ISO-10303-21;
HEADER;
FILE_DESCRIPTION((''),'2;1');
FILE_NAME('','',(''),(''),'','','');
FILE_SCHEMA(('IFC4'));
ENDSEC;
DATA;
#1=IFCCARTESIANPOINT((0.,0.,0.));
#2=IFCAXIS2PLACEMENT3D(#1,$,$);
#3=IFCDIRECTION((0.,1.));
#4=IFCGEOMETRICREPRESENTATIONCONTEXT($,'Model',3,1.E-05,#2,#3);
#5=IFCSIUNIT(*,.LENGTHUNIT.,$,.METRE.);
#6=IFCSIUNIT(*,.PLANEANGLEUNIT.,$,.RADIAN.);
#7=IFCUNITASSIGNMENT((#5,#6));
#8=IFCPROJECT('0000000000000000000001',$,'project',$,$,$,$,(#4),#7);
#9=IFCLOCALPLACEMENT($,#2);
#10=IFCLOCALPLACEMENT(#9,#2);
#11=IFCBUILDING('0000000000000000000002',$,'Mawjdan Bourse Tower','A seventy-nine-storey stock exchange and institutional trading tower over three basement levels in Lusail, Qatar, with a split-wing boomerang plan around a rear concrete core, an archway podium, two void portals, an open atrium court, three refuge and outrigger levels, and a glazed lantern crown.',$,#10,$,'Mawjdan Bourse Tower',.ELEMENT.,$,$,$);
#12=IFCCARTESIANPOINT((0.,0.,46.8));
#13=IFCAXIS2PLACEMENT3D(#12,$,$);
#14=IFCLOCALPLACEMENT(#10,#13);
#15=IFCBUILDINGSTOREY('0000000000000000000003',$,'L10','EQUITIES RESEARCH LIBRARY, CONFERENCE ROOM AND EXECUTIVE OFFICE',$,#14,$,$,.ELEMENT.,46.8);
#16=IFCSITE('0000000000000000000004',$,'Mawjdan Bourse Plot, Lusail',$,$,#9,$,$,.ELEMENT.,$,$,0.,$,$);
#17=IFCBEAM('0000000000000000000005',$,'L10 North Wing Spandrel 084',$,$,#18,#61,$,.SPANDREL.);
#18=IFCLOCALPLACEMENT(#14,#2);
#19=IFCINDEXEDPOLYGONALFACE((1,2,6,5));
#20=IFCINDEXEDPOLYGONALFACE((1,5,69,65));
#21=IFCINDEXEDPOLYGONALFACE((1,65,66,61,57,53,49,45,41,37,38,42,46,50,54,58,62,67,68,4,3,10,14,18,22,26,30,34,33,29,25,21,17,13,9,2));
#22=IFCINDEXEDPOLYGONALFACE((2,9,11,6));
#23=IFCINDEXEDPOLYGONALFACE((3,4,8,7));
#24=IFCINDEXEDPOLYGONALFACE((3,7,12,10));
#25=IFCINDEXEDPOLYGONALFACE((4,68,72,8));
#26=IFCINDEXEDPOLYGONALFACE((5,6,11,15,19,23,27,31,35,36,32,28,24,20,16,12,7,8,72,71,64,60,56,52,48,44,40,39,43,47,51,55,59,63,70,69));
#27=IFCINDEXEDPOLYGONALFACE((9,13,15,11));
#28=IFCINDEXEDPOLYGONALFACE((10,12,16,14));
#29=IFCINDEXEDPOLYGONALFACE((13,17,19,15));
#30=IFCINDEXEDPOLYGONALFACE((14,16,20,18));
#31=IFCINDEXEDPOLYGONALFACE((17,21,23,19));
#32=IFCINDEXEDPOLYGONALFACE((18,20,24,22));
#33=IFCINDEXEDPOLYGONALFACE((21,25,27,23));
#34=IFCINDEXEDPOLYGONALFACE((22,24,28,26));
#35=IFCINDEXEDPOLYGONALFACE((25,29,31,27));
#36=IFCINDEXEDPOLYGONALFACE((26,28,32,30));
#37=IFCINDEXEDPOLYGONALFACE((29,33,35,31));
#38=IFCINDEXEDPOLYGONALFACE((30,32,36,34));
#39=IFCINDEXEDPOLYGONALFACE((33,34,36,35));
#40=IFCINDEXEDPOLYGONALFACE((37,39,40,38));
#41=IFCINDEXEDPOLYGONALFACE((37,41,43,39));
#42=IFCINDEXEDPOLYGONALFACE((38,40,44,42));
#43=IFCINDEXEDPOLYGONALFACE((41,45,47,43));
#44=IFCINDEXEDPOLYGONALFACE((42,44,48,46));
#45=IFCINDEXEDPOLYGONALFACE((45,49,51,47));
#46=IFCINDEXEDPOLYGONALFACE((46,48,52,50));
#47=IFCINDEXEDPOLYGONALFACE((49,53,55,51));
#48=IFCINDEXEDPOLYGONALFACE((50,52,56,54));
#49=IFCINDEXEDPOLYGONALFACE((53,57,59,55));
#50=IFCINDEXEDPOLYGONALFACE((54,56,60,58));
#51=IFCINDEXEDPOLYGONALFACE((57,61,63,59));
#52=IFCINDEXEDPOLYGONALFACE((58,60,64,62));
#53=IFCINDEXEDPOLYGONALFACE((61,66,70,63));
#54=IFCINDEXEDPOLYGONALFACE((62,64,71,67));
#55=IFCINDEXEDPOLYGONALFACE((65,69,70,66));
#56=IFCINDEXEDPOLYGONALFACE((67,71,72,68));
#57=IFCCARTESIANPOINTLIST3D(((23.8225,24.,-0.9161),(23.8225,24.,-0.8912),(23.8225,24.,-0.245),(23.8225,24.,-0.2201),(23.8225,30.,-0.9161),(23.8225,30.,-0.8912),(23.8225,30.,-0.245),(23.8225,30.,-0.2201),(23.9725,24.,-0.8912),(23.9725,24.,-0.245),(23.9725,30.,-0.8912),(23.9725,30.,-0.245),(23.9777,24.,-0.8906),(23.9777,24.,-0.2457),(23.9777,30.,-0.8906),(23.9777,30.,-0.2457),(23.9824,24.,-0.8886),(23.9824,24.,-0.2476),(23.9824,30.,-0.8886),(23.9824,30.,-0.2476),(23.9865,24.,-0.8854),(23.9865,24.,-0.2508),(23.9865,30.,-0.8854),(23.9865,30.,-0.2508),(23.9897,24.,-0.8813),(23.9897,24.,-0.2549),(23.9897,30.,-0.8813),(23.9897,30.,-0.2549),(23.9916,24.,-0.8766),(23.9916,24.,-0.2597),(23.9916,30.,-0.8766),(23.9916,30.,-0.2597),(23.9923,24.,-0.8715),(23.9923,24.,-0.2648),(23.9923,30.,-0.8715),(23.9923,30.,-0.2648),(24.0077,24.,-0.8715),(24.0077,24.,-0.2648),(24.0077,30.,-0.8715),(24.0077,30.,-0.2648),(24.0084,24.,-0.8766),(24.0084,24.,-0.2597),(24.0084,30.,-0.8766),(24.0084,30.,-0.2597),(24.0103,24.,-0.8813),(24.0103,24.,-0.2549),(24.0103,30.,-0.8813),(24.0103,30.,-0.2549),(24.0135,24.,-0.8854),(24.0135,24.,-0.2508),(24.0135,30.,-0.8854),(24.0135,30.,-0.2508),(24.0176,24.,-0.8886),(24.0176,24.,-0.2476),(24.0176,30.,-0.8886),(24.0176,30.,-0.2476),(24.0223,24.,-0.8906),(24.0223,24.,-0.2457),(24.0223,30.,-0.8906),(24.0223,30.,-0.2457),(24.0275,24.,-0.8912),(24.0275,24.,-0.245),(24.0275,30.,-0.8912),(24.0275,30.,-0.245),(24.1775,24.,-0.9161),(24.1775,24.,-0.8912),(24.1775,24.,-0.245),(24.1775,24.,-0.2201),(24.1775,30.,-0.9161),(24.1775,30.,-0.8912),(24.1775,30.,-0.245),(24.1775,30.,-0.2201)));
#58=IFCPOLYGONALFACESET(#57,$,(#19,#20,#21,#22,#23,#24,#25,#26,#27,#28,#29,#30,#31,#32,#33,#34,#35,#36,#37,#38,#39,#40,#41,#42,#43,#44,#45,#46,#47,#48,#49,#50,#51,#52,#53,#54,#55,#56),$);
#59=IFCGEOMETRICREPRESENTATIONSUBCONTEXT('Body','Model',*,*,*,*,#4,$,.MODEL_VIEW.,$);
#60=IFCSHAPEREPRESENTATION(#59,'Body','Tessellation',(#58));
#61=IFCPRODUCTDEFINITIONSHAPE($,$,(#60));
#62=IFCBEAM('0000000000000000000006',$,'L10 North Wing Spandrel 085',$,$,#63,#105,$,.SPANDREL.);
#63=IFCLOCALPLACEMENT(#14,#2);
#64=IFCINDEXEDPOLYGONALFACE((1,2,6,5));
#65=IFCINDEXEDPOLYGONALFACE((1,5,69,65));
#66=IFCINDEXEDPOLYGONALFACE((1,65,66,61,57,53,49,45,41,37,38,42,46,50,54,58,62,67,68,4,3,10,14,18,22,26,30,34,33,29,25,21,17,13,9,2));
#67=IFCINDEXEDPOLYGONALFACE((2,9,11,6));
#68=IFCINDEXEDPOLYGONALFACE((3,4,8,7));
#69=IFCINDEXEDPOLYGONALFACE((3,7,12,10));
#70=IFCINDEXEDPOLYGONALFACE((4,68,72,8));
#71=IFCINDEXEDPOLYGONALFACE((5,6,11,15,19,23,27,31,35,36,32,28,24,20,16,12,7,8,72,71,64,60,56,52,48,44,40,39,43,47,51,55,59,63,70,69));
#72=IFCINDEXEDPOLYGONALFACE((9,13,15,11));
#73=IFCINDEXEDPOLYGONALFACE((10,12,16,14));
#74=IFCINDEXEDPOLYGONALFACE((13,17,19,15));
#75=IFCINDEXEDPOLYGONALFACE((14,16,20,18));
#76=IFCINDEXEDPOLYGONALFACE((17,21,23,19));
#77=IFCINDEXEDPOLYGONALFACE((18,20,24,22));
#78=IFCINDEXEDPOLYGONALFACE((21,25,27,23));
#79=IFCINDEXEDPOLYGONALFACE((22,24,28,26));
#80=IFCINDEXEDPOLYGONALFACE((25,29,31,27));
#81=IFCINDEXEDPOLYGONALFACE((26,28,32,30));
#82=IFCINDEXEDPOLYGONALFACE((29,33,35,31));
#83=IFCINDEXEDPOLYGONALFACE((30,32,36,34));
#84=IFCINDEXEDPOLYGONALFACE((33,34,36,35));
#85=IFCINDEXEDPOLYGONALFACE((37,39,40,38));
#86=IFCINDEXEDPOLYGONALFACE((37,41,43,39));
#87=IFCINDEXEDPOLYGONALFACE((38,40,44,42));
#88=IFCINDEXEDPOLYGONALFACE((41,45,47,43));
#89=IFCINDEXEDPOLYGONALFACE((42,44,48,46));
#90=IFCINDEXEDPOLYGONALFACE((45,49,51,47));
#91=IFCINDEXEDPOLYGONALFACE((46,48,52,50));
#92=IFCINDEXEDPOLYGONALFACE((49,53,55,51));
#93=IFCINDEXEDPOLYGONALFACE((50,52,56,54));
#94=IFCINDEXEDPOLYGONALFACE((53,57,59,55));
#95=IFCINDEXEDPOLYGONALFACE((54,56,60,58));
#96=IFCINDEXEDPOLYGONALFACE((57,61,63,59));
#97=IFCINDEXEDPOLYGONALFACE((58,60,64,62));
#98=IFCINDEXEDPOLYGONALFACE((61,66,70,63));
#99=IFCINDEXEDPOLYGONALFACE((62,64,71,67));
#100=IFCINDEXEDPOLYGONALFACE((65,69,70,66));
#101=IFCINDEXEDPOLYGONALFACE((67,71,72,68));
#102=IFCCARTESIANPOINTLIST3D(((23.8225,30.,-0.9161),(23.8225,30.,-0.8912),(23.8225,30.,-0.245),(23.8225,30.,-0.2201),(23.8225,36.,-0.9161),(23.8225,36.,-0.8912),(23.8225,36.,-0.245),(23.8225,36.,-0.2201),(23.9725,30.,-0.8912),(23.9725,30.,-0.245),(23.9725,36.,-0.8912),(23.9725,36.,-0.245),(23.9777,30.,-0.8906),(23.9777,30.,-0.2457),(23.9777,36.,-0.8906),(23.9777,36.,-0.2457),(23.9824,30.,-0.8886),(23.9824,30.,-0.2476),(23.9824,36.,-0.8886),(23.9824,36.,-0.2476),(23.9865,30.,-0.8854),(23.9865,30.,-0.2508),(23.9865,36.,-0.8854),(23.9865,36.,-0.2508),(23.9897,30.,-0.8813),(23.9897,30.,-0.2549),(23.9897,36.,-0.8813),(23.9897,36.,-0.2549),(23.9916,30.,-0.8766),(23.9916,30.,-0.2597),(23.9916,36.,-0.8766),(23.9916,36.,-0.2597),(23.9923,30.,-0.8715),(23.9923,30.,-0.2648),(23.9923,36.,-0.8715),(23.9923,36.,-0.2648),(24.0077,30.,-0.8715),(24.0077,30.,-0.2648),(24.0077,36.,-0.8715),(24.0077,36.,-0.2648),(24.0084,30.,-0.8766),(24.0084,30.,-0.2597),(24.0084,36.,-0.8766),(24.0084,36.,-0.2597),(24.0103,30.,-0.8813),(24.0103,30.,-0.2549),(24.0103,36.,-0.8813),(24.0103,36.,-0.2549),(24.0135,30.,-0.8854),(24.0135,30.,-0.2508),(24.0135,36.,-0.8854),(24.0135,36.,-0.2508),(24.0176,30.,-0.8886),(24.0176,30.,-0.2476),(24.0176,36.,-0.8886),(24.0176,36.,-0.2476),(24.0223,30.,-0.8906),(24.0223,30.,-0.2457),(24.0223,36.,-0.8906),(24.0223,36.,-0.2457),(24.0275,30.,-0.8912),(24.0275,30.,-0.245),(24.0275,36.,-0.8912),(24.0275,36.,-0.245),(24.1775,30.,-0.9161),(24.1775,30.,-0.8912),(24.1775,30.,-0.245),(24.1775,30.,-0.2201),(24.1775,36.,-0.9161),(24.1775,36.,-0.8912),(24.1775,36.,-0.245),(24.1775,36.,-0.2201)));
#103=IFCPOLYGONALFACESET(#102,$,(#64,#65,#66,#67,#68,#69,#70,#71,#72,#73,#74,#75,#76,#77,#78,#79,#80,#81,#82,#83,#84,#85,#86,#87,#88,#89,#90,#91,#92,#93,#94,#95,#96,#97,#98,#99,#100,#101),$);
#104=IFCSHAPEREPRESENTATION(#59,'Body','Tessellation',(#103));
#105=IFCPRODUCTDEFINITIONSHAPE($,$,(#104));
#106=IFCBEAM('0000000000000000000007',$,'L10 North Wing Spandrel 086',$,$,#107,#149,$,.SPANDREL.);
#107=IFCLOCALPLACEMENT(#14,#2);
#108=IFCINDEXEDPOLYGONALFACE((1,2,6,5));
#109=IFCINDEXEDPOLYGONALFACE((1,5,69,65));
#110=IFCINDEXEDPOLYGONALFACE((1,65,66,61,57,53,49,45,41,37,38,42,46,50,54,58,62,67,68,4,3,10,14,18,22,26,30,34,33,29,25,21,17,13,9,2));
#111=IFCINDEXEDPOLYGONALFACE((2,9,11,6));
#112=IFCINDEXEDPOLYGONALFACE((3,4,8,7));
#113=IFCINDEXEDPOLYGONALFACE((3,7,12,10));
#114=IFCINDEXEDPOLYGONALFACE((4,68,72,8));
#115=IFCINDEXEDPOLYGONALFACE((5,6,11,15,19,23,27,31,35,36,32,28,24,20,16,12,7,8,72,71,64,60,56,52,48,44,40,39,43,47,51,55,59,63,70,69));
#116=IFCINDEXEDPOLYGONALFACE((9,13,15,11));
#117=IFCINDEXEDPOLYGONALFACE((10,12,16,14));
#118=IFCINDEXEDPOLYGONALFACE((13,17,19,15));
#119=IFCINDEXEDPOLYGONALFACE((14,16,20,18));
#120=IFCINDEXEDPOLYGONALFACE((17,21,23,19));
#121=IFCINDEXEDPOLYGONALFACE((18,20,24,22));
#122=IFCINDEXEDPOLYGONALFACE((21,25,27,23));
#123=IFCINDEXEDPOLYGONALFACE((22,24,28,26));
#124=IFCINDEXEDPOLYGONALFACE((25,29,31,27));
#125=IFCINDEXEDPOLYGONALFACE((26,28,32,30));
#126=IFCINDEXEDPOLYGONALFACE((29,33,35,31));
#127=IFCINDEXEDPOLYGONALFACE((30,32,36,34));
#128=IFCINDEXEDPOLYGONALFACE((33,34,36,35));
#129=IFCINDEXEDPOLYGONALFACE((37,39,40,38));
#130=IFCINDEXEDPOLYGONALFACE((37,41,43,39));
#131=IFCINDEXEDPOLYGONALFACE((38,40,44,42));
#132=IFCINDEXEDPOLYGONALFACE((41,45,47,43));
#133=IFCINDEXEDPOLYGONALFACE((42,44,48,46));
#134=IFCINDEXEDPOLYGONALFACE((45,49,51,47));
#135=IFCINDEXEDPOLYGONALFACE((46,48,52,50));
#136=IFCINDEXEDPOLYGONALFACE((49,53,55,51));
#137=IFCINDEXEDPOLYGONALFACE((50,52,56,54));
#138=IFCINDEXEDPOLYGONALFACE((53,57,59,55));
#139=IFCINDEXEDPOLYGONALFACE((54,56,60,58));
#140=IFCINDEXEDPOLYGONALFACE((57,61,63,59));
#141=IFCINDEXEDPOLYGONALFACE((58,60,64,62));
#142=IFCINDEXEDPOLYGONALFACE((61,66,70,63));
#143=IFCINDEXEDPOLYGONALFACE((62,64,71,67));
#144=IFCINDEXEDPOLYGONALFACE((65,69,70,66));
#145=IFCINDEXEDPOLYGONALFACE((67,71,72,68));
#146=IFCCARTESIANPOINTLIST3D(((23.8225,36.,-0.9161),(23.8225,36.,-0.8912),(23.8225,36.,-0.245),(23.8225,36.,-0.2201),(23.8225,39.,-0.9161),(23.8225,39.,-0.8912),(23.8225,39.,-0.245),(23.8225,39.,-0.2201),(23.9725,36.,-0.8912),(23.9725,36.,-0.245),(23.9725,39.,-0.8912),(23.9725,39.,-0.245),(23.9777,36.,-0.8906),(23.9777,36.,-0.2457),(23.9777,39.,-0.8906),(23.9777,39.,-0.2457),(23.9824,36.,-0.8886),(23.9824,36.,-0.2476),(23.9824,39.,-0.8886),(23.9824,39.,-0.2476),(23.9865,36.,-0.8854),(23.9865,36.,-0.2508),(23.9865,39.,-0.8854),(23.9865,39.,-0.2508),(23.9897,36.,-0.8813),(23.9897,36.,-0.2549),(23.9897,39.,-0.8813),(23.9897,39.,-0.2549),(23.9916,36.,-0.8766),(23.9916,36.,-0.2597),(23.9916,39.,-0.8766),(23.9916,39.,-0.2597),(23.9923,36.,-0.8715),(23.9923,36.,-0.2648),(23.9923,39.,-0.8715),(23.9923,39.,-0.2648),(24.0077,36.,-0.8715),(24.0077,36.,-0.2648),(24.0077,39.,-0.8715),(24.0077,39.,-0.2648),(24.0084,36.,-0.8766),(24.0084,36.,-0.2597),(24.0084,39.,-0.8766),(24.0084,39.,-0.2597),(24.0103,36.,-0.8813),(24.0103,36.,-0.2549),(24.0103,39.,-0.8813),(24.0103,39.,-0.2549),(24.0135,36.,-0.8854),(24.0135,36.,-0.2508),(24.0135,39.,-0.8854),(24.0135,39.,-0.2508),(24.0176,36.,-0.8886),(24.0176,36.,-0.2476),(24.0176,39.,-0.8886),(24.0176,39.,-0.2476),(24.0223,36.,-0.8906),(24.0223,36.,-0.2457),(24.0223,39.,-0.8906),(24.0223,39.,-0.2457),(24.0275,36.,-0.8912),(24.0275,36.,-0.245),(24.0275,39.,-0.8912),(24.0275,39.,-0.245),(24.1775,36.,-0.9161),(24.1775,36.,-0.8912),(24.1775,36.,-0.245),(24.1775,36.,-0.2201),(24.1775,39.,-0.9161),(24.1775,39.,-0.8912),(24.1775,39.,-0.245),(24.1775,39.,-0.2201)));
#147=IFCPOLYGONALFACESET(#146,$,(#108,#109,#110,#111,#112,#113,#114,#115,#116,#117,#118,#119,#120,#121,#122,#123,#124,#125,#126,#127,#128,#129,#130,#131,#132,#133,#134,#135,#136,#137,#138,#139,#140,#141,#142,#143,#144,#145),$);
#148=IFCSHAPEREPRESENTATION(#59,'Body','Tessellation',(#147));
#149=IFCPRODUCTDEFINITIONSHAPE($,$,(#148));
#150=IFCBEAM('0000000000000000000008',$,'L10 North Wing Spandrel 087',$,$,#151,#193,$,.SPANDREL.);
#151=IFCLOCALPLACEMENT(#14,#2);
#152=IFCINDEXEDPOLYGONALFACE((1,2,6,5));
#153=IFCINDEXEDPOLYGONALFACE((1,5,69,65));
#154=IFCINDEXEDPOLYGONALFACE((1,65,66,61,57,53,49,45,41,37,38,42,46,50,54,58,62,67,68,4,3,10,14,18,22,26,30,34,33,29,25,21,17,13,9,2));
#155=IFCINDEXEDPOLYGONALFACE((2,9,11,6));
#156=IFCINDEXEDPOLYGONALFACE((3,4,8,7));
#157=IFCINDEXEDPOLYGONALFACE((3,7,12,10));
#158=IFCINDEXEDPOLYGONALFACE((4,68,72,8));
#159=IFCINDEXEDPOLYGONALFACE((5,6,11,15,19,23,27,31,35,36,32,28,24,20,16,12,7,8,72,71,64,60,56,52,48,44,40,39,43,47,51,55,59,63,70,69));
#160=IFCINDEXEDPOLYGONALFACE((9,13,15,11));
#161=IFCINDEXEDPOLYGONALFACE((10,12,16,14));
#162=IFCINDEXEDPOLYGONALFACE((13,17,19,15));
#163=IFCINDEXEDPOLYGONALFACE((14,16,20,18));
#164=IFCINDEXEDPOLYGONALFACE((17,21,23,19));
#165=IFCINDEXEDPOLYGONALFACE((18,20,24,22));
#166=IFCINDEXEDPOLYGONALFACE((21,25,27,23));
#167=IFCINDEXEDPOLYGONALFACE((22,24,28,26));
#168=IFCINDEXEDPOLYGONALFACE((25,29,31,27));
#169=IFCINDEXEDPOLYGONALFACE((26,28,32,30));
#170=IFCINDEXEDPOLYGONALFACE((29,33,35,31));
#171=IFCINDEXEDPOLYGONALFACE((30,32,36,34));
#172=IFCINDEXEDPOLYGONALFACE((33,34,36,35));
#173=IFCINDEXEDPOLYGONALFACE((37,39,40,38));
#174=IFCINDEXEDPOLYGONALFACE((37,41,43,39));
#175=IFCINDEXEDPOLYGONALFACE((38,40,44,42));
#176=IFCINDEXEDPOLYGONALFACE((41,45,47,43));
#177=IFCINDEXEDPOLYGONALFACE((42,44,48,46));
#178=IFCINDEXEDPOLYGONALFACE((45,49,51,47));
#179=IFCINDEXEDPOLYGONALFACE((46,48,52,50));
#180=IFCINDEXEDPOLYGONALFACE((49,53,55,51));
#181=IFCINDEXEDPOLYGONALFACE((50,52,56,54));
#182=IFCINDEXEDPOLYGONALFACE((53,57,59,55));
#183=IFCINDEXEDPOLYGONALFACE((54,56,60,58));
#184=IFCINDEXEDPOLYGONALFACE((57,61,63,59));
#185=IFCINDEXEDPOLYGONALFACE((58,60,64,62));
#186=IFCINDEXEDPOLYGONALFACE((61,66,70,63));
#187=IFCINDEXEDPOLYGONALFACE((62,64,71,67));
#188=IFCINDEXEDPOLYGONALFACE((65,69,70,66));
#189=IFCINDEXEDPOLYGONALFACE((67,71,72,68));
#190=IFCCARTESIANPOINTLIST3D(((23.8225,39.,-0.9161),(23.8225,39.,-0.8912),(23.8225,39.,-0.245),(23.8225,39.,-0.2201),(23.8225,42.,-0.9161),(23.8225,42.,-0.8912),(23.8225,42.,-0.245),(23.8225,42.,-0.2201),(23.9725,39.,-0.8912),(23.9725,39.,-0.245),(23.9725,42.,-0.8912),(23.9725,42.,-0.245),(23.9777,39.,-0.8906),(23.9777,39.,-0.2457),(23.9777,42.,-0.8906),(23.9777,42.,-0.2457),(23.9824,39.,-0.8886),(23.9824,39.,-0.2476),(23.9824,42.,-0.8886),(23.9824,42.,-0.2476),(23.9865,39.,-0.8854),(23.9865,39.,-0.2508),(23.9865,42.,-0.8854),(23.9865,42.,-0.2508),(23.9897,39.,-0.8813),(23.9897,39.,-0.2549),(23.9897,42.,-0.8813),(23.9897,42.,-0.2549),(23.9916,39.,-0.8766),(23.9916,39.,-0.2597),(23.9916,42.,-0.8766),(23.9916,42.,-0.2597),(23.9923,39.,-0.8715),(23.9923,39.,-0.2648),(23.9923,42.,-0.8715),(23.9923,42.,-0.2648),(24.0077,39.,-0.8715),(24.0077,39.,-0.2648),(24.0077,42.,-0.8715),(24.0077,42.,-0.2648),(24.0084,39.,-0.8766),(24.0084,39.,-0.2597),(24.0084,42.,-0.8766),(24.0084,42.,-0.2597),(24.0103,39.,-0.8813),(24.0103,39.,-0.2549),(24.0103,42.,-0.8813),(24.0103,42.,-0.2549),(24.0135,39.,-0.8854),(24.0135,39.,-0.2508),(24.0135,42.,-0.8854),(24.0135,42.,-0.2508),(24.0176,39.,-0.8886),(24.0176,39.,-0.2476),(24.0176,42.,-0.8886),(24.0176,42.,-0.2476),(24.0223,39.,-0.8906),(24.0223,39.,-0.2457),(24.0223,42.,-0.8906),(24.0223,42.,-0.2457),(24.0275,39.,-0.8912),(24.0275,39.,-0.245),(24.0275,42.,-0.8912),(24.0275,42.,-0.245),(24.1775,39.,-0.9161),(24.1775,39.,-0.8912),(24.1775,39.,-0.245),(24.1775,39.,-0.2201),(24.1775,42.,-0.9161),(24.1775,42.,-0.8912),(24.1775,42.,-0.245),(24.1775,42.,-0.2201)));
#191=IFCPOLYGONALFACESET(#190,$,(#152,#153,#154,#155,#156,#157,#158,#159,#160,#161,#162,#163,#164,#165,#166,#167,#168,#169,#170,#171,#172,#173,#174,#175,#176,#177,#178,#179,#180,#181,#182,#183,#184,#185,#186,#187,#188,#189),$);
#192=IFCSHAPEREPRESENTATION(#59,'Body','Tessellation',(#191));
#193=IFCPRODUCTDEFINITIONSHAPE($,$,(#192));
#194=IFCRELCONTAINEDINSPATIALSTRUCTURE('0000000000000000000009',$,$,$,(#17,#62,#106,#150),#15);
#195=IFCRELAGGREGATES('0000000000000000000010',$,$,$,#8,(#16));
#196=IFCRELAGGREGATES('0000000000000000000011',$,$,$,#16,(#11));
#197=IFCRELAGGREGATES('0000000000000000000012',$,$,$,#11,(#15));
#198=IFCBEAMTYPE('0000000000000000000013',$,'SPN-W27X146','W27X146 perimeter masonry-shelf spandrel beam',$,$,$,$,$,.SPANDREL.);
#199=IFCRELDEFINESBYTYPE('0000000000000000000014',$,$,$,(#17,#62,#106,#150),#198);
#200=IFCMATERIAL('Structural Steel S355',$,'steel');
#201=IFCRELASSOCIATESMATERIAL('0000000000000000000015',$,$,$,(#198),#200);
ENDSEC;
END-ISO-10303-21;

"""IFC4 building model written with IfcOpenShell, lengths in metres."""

from ifc_helpers import new_model, si_unit, direction, frame, origin, origin_2d, place, context, subcontext, project, spatial, i_section, extrude, material, material_profile, profile_set, type_object, element, save


model = new_model("IFC4")

# Units and contexts
model_context = context("Model", 3, precision=1e-05, world=origin(), true_north=direction((0.0, 1.0)))
body_context = subcontext(model_context, "Body", "Model", "MODEL_VIEW")
ifc_project = project(units=[si_unit("LENGTHUNIT", "METRE"), si_unit("PLANEANGLEUNIT", "RADIAN")], contexts=[model_context])

# Site, building, storey
site_placement = place(None, origin())
site = spatial("IfcSite", under=ifc_project, at=site_placement, Name="Mawjdan Bourse Plot, Lusail", CompositionType="ELEMENT", RefElevation=0.0)
building_placement = place(site_placement, origin())
building = spatial("IfcBuilding", under=site, at=building_placement, Name="Mawjdan Bourse Tower", Description="A seventy-nine-storey stock exchange and institutional trading tower over three basement levels in Lusail, Qatar, with a split-wing boomerang plan around a rear concrete core, an archway podium, two void portals, an open atrium court, three refuge and outrigger levels, and a glazed lantern crown.", LongName="Mawjdan Bourse Tower", CompositionType="ELEMENT")
storey_placement = place(building_placement, frame((0.0, 0.0, 46.8)))
storey = spatial("IfcBuildingStorey", under=building, at=storey_placement, Name="L10", Description="EQUITIES RESEARCH LIBRARY, CONFERENCE ROOM AND EXECUTIVE OFFICE", CompositionType="ELEMENT", Elevation=46.8)

# Beams
ifc_material_1 = material(Name="Structural Steel S355", Category="steel")
ifc_material_profile_1 = material_profile(ifc_material_1, i_section(OverallWidth=0.355, OverallDepth=0.696, WebThickness=0.0154, FlangeThickness=0.0249, FilletRadius=0.0198, at=origin_2d()), Name="W27X146")
ifc_profile_set_1 = profile_set([ifc_material_profile_1], Name="Structural Steel S355")
beam_type_1 = type_object("IfcBeamType", Name="SPN-W27X146", Description="W27X146 perimeter masonry-shelf spandrel beam", PredefinedType="SPANDREL", material=ifc_profile_set_1)
for number, where, z_axis, x_axis, name in (
    (1, (24.0, 24.0, -0.5681), (0.0, 1.0, 0.0), (-1.0, 0.0, 0.0), "L10 North Wing Spandrel 084"),
    (2, (24.0, 30.0, -0.5681), (0.0, 1.0, 0.0), (-1.0, 0.0, 0.0), "L10 North Wing Spandrel 085"),
):
    element("IfcBeam", number, at=place(storey_placement, frame(where, z_axis=z_axis, x_axis=x_axis)), inside=storey, type_object=beam_type_1, Name=name, PredefinedType="SPANDREL", context=body_context, shape_type="SweptSolid", body=[
        extrude(i_section(OverallWidth=0.355, OverallDepth=0.696, WebThickness=0.0154, FlangeThickness=0.0249, FilletRadius=0.0198, at=origin_2d()), origin(), (0.0, 0.0, 1.0), 6.0),
    ])
for number, where, z_axis, x_axis, name in (
    (3, (24.0, 36.0, -0.5681), (0.0, 1.0, 0.0), (-1.0, 0.0, 0.0), "L10 North Wing Spandrel 086"),
    (4, (24.0, 39.0, -0.5681), (0.0, 1.0, 0.0), (-1.0, 0.0, 0.0), "L10 North Wing Spandrel 087"),
):
    element("IfcBeam", number, at=place(storey_placement, frame(where, z_axis=z_axis, x_axis=x_axis)), inside=storey, type_object=beam_type_1, Name=name, PredefinedType="SPANDREL", context=body_context, shape_type="SweptSolid", body=[
        extrude(i_section(OverallWidth=0.355, OverallDepth=0.696, WebThickness=0.0154, FlangeThickness=0.0249, FilletRadius=0.0198, at=origin_2d()), origin(), (0.0, 0.0, 1.0), 3.0),
    ])

save(model, "model.ifc")
